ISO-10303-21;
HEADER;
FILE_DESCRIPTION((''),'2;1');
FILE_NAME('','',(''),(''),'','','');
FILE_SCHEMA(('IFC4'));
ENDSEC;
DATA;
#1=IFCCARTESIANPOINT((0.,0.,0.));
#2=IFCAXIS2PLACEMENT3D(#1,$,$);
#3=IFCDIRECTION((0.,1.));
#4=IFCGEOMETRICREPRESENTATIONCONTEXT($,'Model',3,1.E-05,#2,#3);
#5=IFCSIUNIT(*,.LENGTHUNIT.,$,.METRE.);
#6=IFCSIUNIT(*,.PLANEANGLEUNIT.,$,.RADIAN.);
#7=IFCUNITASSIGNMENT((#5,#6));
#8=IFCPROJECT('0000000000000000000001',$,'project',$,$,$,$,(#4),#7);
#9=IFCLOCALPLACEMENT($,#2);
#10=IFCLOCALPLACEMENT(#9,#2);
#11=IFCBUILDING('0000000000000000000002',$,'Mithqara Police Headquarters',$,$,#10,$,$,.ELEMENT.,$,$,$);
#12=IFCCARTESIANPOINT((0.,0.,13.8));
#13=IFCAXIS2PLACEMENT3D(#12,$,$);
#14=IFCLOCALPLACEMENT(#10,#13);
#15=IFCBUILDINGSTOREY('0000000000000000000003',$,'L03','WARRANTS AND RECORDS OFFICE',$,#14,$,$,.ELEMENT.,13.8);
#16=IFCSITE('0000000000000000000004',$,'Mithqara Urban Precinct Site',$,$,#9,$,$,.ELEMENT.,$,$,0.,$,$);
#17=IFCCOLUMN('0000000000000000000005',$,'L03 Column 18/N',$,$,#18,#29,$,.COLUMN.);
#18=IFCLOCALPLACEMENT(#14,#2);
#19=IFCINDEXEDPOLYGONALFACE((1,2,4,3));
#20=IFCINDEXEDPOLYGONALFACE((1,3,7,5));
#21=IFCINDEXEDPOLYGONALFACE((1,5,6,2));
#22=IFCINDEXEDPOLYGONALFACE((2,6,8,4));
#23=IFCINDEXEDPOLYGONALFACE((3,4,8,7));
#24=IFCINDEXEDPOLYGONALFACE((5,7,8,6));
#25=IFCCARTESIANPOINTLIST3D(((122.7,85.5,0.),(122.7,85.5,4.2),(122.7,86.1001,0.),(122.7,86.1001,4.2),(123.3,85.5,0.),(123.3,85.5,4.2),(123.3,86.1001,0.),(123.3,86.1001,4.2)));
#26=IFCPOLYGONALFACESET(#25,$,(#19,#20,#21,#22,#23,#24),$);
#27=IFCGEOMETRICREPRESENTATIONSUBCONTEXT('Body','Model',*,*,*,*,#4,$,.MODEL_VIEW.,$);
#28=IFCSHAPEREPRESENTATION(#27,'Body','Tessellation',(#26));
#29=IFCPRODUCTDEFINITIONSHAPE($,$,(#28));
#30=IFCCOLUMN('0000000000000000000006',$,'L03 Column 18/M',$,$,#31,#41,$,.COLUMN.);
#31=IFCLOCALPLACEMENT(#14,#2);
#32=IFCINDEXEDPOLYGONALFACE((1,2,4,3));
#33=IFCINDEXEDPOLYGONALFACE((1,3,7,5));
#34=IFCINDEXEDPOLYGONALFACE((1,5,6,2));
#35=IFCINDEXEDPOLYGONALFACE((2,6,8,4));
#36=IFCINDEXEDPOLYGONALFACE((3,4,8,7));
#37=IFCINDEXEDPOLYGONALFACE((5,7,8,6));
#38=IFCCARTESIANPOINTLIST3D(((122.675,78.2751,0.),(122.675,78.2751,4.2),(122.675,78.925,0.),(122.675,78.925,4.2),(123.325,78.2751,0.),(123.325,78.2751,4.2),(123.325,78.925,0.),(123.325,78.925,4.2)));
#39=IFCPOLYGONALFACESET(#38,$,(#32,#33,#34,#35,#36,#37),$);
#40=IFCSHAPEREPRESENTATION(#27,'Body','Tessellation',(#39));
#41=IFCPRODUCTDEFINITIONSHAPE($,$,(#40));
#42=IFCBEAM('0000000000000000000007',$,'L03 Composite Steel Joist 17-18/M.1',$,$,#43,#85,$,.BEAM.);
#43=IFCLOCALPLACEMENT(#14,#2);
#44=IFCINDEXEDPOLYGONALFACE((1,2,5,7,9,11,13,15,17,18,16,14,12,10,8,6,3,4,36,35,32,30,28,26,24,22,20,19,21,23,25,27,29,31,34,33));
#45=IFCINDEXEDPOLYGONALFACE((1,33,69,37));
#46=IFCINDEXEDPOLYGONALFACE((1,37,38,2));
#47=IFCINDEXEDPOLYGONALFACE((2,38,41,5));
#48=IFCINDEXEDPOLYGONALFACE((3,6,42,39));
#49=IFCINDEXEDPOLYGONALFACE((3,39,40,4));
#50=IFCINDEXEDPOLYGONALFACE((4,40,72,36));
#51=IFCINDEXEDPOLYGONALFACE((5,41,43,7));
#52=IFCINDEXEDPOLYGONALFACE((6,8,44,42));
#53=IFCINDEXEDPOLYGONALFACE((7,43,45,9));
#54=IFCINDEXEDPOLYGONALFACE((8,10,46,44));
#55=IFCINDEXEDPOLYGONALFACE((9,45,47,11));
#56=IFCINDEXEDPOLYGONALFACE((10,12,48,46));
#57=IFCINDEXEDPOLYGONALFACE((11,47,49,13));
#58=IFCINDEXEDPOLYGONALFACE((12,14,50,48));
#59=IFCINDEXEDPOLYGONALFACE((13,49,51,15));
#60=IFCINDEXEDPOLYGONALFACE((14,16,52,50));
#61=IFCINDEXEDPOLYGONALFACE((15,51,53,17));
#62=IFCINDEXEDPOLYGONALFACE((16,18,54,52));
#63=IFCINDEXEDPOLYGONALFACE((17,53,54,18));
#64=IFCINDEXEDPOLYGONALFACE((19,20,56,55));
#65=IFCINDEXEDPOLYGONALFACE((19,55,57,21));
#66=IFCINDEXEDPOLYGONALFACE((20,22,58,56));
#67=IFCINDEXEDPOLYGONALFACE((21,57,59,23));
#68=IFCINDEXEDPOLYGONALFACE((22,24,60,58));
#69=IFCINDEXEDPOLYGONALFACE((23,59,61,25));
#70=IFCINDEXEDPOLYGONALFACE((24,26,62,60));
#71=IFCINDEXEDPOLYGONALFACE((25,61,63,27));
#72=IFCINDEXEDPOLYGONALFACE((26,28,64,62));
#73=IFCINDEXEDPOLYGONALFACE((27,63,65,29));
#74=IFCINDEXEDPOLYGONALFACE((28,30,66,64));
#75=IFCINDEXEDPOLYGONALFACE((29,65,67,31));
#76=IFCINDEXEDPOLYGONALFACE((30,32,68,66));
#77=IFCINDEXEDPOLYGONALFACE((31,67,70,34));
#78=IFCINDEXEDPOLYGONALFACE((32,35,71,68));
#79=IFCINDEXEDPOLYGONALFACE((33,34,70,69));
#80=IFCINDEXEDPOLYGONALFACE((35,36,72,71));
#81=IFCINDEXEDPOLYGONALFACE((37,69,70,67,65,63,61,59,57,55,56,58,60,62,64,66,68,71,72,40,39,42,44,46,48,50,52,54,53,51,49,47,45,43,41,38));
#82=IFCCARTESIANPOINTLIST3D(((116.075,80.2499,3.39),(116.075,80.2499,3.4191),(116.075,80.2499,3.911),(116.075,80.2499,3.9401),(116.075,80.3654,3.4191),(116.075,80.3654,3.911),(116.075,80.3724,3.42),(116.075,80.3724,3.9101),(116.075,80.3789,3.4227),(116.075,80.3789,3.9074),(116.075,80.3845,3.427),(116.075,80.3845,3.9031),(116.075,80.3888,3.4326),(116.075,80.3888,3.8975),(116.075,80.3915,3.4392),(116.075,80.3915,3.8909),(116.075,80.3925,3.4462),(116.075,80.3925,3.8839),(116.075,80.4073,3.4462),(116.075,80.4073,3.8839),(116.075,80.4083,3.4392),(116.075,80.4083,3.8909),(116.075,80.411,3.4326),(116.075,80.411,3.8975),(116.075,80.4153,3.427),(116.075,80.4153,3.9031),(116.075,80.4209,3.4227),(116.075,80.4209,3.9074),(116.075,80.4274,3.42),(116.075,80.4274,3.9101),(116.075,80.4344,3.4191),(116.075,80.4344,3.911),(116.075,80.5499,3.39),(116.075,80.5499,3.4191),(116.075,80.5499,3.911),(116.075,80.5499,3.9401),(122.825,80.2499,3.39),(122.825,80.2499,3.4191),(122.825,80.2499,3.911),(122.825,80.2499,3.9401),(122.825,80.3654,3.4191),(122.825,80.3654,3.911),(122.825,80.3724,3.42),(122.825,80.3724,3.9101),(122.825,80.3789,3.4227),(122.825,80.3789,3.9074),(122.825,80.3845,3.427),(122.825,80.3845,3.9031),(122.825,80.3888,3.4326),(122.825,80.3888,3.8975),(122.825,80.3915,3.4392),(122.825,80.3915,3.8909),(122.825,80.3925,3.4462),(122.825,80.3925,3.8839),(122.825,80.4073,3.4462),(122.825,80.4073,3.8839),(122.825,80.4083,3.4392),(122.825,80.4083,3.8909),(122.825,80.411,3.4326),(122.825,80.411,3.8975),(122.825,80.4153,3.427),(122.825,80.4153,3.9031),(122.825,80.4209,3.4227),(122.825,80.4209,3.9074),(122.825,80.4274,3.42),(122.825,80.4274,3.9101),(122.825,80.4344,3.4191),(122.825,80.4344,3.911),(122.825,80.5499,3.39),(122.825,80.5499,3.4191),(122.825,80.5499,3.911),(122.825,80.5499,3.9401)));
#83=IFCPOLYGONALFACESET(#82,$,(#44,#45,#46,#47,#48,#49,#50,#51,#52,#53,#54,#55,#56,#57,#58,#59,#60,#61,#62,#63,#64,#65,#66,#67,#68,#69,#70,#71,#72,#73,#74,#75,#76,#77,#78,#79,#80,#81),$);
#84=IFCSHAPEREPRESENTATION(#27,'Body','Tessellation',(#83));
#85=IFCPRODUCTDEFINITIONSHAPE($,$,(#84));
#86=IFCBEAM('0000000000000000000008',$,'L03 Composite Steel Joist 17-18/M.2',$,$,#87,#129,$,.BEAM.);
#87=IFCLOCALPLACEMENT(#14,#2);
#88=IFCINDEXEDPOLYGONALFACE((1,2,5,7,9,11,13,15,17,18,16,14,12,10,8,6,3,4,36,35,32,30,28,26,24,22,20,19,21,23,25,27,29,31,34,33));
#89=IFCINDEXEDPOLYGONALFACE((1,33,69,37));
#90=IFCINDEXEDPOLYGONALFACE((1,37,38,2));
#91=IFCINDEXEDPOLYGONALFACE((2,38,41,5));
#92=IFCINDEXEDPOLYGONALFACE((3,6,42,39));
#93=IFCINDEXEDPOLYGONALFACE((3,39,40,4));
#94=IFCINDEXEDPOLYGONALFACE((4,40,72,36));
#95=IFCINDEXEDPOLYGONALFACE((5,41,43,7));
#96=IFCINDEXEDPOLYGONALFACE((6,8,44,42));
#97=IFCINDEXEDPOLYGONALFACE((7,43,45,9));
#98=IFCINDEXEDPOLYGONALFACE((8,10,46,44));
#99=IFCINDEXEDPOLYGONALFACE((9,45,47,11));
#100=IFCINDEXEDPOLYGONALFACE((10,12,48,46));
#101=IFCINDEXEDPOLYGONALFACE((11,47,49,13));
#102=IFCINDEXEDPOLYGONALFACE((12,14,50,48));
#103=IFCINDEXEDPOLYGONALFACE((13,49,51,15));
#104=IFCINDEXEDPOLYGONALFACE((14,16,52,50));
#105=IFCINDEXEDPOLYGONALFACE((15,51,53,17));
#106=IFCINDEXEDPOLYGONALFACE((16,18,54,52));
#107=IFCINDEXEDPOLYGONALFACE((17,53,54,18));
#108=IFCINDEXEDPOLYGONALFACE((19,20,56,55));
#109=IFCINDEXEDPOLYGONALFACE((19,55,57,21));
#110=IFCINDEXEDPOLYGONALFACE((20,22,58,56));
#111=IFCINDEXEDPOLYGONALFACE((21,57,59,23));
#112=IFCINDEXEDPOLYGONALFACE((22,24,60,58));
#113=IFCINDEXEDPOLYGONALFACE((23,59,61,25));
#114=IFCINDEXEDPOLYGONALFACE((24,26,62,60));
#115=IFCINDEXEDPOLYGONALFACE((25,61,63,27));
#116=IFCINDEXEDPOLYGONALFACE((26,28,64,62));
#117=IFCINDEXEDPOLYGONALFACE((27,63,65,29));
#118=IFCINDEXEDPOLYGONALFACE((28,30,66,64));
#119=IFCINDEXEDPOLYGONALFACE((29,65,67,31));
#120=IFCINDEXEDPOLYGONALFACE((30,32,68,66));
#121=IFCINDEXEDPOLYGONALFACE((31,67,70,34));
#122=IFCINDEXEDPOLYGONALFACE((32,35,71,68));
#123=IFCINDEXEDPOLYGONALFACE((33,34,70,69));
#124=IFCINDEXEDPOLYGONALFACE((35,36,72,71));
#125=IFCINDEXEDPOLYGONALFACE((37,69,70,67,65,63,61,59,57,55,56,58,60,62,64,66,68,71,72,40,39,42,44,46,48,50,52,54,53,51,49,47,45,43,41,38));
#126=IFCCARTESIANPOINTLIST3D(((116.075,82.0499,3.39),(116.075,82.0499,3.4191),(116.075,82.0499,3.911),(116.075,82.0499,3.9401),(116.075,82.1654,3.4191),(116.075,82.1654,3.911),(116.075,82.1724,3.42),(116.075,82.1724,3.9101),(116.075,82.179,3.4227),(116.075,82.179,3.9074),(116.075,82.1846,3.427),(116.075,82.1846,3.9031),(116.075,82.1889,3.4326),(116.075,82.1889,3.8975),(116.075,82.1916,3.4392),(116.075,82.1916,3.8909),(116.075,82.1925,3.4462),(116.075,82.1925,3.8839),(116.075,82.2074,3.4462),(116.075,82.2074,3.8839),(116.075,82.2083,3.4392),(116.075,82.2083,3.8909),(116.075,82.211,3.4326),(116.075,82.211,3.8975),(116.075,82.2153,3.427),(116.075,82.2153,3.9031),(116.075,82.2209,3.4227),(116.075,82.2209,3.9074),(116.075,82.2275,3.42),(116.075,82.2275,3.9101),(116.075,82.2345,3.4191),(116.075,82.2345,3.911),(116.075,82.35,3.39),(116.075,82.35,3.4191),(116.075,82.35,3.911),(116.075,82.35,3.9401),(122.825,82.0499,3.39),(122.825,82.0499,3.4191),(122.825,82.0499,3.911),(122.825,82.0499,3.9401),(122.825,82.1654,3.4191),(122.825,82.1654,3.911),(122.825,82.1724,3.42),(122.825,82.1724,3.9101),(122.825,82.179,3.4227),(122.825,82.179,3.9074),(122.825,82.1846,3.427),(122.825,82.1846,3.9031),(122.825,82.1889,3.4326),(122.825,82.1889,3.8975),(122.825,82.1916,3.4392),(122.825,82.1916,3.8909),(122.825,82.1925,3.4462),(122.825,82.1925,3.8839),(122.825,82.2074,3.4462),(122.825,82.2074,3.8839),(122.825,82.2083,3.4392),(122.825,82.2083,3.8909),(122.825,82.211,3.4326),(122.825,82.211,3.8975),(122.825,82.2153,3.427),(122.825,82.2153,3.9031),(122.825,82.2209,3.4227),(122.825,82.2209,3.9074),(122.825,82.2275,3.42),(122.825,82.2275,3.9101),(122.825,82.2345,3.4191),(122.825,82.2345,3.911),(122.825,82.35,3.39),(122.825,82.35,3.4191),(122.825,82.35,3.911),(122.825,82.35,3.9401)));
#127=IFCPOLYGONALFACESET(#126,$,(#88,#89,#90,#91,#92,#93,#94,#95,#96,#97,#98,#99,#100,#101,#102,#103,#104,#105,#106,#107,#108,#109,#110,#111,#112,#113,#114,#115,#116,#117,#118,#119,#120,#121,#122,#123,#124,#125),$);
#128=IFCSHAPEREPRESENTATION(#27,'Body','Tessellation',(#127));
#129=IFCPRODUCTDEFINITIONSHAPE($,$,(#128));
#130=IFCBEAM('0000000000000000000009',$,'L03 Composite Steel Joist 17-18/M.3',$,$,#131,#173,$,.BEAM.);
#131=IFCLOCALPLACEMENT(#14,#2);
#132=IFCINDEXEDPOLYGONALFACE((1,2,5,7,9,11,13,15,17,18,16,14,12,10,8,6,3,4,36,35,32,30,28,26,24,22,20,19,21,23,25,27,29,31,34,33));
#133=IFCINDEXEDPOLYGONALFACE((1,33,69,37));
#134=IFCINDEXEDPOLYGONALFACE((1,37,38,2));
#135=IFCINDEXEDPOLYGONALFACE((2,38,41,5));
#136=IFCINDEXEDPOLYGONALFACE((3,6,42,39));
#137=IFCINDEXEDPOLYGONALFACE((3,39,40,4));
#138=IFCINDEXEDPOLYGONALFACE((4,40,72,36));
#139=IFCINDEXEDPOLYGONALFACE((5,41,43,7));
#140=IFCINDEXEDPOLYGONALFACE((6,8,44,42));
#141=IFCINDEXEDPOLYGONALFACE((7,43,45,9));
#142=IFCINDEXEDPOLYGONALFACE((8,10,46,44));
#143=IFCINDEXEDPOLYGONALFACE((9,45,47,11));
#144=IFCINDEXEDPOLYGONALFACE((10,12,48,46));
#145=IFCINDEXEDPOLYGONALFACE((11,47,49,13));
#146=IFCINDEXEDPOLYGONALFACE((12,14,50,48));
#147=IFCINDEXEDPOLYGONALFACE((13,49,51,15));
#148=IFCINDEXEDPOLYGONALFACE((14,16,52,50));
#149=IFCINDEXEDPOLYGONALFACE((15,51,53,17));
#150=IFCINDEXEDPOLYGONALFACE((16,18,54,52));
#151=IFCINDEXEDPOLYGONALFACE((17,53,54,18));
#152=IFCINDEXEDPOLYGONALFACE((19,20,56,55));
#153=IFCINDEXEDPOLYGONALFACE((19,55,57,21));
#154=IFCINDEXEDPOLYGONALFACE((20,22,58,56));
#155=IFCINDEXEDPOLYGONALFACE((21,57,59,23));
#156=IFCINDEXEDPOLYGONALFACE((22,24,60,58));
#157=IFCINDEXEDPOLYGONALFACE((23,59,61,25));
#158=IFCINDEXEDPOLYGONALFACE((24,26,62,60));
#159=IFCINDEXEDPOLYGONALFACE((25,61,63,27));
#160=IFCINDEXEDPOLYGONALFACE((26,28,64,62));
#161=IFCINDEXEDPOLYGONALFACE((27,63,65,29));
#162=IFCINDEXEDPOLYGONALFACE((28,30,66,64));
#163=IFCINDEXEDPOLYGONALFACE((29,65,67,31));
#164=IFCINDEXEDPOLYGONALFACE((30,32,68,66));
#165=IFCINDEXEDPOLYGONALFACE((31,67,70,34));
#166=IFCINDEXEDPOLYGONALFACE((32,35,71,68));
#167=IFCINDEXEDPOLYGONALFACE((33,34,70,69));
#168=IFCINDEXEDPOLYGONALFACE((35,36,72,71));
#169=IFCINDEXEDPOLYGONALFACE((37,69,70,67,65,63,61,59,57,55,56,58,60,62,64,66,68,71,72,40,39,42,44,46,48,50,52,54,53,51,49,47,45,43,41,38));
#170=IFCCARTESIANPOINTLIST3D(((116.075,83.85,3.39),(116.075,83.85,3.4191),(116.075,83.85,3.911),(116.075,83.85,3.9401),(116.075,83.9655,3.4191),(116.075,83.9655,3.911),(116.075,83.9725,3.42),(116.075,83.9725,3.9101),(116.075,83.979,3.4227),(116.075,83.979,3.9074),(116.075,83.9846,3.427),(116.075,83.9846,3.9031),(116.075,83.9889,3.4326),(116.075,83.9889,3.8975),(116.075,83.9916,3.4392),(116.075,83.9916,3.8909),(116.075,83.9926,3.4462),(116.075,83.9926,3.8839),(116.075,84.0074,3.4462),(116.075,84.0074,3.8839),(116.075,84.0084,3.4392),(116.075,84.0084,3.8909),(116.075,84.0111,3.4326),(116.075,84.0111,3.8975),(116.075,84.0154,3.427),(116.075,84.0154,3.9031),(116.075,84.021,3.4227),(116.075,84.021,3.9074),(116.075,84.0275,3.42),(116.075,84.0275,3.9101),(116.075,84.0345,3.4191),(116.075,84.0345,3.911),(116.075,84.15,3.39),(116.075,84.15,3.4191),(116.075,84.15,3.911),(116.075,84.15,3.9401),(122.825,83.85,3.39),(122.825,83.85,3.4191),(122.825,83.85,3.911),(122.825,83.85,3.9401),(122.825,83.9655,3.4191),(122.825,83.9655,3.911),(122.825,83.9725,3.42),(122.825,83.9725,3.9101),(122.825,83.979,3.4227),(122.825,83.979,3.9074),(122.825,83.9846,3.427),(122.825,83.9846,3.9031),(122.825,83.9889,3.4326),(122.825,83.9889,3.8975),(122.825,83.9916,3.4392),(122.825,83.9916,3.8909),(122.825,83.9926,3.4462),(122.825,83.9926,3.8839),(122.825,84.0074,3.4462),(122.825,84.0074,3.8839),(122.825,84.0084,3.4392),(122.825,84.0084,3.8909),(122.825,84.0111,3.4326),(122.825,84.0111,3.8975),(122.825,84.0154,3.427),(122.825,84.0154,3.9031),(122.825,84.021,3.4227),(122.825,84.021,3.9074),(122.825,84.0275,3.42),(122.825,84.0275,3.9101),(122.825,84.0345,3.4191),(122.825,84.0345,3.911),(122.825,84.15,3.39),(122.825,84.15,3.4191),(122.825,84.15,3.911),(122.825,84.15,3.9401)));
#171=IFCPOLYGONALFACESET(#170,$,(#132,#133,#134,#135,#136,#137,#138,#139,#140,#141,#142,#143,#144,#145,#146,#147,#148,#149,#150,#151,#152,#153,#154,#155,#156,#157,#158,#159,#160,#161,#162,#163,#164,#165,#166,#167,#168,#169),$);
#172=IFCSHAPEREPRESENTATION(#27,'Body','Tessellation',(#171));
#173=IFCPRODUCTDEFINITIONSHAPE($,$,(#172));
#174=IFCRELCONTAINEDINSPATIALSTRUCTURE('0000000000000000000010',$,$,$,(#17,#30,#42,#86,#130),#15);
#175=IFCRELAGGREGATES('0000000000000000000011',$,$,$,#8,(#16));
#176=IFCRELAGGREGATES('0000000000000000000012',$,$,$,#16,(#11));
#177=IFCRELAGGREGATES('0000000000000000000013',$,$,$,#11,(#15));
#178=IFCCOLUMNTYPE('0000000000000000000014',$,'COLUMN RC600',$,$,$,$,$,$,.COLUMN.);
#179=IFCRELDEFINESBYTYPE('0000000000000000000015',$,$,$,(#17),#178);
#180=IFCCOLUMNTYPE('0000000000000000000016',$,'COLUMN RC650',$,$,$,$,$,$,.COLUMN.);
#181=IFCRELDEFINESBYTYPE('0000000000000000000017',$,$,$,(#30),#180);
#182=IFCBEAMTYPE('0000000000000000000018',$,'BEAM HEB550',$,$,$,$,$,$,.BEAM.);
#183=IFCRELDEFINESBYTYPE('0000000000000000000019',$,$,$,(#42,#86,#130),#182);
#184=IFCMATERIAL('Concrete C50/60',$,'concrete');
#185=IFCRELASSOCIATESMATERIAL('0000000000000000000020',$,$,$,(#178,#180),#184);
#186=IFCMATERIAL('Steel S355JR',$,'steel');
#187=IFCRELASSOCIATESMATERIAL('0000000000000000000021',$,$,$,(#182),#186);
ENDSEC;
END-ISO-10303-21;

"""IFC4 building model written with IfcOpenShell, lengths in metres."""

from ifc_helpers import new_model, si_unit, direction, frame, origin, origin_2d, place, context, subcontext, project, spatial, rectangle, i_section, extrude, material, material_profile, profile_set, type_object, element, save


model = new_model("IFC4")

# Units and contexts
model_context = context("Model", 3, precision=1e-05, world=origin(), true_north=direction((0.0, 1.0)))
body_context = subcontext(model_context, "Body", "Model", "MODEL_VIEW")
ifc_project = project(units=[si_unit("LENGTHUNIT", "METRE"), si_unit("PLANEANGLEUNIT", "RADIAN")], contexts=[model_context])

# Site, building, storey
site_placement = place(None, origin())
site = spatial("IfcSite", under=ifc_project, at=site_placement, Name="Mithqara Urban Precinct Site", CompositionType="ELEMENT", RefElevation=0.0)
building_placement = place(site_placement, origin())
building = spatial("IfcBuilding", under=site, at=building_placement, Name="Mithqara Police Headquarters", CompositionType="ELEMENT")
storey_placement = place(building_placement, frame((0.0, 0.0, 13.8)))
storey = spatial("IfcBuildingStorey", under=building, at=storey_placement, Name="L03", Description="WARRANTS AND RECORDS OFFICE", CompositionType="ELEMENT", Elevation=13.8)

# Columns
ifc_material_1 = material(Name="Concrete C50/60", Category="concrete")
ifc_material_profile_1 = material_profile(ifc_material_1, rectangle(XDim=0.6001, YDim=0.6001, at=origin_2d()), Name="RC 600x600")
ifc_profile_set_1 = profile_set([ifc_material_profile_1], Name="Concrete C50/60")
column_type_1 = type_object("IfcColumnType", Name="COLUMN RC600", PredefinedType="COLUMN", material=ifc_profile_set_1)
column_1_placement = place(storey_placement, frame((123.0, 85.8, 0.0), z_axis=(0.0, 0.0, 1.0), x_axis=(1.0, 0.0, 0.0)))
element("IfcColumn", 1, at=column_1_placement, inside=storey, type_object=column_type_1, Name="L03 Column 18/N", PredefinedType="COLUMN", context=body_context, shape_type="SweptSolid", body=[
    extrude(rectangle(XDim=0.6001, YDim=0.6001, at=origin_2d()), origin(), (0.0, 0.0, 1.0), 4.2),
])
ifc_material_profile_2 = material_profile(ifc_material_1, rectangle(XDim=0.6499, YDim=0.6499, at=origin_2d()), Name="RC 650x650")
ifc_profile_set_2 = profile_set([ifc_material_profile_2], Name="Concrete C50/60")
column_type_2 = type_object("IfcColumnType", Name="COLUMN RC650", PredefinedType="COLUMN", material=ifc_profile_set_2)
column_2_placement = place(storey_placement, frame((123.0, 78.6001, 0.0), z_axis=(0.0, 0.0, 1.0), x_axis=(1.0, 0.0, 0.0)))
element("IfcColumn", 2, at=column_2_placement, inside=storey, type_object=column_type_2, Name="L03 Column 18/M", PredefinedType="COLUMN", context=body_context, shape_type="SweptSolid", body=[
    extrude(rectangle(XDim=0.6499, YDim=0.6499, at=origin_2d()), origin(), (0.0, 0.0, 1.0), 4.2),
])

# Beams
ifc_material_2 = material(Name="Steel S355JR", Category="steel")
ifc_material_profile_3 = material_profile(ifc_material_2, i_section(OverallWidth=0.3, OverallDepth=0.55, WebThickness=0.0149, FlangeThickness=0.0291, FilletRadius=0.0271, at=origin_2d()), Name="HEB 550")
ifc_profile_set_3 = profile_set([ifc_material_profile_3], Name="Steel S355JR")
beam_type_1 = type_object("IfcBeamType", Name="BEAM HEB550", PredefinedType="BEAM", material=ifc_profile_set_3)
for number, where, z_axis, x_axis, name in (
    (3, (116.075, 80.3999, 3.665), (1.0, 0.0, 0.0), (0.0, 1.0, 0.0), "L03 Composite Steel Joist 17-18/M.1"),
    (4, (116.075, 82.2, 3.665), (1.0, 0.0, 0.0), (0.0, 1.0, 0.0), "L03 Composite Steel Joist 17-18/M.2"),
    (5, (116.075, 84.0, 3.665), (1.0, 0.0, 0.0), (0.0, 1.0, 0.0), "L03 Composite Steel Joist 17-18/M.3"),
):
    element("IfcBeam", number, at=place(storey_placement, frame(where, z_axis=z_axis, x_axis=x_axis)), inside=storey, type_object=beam_type_1, Name=name, PredefinedType="BEAM", context=body_context, shape_type="SweptSolid", body=[
        extrude(i_section(OverallWidth=0.3, OverallDepth=0.55, WebThickness=0.0149, FlangeThickness=0.0291, FilletRadius=0.0271, at=origin_2d()), origin(), (0.0, 0.0, 1.0), 6.75),
    ])

save(model, "model.ifc")
